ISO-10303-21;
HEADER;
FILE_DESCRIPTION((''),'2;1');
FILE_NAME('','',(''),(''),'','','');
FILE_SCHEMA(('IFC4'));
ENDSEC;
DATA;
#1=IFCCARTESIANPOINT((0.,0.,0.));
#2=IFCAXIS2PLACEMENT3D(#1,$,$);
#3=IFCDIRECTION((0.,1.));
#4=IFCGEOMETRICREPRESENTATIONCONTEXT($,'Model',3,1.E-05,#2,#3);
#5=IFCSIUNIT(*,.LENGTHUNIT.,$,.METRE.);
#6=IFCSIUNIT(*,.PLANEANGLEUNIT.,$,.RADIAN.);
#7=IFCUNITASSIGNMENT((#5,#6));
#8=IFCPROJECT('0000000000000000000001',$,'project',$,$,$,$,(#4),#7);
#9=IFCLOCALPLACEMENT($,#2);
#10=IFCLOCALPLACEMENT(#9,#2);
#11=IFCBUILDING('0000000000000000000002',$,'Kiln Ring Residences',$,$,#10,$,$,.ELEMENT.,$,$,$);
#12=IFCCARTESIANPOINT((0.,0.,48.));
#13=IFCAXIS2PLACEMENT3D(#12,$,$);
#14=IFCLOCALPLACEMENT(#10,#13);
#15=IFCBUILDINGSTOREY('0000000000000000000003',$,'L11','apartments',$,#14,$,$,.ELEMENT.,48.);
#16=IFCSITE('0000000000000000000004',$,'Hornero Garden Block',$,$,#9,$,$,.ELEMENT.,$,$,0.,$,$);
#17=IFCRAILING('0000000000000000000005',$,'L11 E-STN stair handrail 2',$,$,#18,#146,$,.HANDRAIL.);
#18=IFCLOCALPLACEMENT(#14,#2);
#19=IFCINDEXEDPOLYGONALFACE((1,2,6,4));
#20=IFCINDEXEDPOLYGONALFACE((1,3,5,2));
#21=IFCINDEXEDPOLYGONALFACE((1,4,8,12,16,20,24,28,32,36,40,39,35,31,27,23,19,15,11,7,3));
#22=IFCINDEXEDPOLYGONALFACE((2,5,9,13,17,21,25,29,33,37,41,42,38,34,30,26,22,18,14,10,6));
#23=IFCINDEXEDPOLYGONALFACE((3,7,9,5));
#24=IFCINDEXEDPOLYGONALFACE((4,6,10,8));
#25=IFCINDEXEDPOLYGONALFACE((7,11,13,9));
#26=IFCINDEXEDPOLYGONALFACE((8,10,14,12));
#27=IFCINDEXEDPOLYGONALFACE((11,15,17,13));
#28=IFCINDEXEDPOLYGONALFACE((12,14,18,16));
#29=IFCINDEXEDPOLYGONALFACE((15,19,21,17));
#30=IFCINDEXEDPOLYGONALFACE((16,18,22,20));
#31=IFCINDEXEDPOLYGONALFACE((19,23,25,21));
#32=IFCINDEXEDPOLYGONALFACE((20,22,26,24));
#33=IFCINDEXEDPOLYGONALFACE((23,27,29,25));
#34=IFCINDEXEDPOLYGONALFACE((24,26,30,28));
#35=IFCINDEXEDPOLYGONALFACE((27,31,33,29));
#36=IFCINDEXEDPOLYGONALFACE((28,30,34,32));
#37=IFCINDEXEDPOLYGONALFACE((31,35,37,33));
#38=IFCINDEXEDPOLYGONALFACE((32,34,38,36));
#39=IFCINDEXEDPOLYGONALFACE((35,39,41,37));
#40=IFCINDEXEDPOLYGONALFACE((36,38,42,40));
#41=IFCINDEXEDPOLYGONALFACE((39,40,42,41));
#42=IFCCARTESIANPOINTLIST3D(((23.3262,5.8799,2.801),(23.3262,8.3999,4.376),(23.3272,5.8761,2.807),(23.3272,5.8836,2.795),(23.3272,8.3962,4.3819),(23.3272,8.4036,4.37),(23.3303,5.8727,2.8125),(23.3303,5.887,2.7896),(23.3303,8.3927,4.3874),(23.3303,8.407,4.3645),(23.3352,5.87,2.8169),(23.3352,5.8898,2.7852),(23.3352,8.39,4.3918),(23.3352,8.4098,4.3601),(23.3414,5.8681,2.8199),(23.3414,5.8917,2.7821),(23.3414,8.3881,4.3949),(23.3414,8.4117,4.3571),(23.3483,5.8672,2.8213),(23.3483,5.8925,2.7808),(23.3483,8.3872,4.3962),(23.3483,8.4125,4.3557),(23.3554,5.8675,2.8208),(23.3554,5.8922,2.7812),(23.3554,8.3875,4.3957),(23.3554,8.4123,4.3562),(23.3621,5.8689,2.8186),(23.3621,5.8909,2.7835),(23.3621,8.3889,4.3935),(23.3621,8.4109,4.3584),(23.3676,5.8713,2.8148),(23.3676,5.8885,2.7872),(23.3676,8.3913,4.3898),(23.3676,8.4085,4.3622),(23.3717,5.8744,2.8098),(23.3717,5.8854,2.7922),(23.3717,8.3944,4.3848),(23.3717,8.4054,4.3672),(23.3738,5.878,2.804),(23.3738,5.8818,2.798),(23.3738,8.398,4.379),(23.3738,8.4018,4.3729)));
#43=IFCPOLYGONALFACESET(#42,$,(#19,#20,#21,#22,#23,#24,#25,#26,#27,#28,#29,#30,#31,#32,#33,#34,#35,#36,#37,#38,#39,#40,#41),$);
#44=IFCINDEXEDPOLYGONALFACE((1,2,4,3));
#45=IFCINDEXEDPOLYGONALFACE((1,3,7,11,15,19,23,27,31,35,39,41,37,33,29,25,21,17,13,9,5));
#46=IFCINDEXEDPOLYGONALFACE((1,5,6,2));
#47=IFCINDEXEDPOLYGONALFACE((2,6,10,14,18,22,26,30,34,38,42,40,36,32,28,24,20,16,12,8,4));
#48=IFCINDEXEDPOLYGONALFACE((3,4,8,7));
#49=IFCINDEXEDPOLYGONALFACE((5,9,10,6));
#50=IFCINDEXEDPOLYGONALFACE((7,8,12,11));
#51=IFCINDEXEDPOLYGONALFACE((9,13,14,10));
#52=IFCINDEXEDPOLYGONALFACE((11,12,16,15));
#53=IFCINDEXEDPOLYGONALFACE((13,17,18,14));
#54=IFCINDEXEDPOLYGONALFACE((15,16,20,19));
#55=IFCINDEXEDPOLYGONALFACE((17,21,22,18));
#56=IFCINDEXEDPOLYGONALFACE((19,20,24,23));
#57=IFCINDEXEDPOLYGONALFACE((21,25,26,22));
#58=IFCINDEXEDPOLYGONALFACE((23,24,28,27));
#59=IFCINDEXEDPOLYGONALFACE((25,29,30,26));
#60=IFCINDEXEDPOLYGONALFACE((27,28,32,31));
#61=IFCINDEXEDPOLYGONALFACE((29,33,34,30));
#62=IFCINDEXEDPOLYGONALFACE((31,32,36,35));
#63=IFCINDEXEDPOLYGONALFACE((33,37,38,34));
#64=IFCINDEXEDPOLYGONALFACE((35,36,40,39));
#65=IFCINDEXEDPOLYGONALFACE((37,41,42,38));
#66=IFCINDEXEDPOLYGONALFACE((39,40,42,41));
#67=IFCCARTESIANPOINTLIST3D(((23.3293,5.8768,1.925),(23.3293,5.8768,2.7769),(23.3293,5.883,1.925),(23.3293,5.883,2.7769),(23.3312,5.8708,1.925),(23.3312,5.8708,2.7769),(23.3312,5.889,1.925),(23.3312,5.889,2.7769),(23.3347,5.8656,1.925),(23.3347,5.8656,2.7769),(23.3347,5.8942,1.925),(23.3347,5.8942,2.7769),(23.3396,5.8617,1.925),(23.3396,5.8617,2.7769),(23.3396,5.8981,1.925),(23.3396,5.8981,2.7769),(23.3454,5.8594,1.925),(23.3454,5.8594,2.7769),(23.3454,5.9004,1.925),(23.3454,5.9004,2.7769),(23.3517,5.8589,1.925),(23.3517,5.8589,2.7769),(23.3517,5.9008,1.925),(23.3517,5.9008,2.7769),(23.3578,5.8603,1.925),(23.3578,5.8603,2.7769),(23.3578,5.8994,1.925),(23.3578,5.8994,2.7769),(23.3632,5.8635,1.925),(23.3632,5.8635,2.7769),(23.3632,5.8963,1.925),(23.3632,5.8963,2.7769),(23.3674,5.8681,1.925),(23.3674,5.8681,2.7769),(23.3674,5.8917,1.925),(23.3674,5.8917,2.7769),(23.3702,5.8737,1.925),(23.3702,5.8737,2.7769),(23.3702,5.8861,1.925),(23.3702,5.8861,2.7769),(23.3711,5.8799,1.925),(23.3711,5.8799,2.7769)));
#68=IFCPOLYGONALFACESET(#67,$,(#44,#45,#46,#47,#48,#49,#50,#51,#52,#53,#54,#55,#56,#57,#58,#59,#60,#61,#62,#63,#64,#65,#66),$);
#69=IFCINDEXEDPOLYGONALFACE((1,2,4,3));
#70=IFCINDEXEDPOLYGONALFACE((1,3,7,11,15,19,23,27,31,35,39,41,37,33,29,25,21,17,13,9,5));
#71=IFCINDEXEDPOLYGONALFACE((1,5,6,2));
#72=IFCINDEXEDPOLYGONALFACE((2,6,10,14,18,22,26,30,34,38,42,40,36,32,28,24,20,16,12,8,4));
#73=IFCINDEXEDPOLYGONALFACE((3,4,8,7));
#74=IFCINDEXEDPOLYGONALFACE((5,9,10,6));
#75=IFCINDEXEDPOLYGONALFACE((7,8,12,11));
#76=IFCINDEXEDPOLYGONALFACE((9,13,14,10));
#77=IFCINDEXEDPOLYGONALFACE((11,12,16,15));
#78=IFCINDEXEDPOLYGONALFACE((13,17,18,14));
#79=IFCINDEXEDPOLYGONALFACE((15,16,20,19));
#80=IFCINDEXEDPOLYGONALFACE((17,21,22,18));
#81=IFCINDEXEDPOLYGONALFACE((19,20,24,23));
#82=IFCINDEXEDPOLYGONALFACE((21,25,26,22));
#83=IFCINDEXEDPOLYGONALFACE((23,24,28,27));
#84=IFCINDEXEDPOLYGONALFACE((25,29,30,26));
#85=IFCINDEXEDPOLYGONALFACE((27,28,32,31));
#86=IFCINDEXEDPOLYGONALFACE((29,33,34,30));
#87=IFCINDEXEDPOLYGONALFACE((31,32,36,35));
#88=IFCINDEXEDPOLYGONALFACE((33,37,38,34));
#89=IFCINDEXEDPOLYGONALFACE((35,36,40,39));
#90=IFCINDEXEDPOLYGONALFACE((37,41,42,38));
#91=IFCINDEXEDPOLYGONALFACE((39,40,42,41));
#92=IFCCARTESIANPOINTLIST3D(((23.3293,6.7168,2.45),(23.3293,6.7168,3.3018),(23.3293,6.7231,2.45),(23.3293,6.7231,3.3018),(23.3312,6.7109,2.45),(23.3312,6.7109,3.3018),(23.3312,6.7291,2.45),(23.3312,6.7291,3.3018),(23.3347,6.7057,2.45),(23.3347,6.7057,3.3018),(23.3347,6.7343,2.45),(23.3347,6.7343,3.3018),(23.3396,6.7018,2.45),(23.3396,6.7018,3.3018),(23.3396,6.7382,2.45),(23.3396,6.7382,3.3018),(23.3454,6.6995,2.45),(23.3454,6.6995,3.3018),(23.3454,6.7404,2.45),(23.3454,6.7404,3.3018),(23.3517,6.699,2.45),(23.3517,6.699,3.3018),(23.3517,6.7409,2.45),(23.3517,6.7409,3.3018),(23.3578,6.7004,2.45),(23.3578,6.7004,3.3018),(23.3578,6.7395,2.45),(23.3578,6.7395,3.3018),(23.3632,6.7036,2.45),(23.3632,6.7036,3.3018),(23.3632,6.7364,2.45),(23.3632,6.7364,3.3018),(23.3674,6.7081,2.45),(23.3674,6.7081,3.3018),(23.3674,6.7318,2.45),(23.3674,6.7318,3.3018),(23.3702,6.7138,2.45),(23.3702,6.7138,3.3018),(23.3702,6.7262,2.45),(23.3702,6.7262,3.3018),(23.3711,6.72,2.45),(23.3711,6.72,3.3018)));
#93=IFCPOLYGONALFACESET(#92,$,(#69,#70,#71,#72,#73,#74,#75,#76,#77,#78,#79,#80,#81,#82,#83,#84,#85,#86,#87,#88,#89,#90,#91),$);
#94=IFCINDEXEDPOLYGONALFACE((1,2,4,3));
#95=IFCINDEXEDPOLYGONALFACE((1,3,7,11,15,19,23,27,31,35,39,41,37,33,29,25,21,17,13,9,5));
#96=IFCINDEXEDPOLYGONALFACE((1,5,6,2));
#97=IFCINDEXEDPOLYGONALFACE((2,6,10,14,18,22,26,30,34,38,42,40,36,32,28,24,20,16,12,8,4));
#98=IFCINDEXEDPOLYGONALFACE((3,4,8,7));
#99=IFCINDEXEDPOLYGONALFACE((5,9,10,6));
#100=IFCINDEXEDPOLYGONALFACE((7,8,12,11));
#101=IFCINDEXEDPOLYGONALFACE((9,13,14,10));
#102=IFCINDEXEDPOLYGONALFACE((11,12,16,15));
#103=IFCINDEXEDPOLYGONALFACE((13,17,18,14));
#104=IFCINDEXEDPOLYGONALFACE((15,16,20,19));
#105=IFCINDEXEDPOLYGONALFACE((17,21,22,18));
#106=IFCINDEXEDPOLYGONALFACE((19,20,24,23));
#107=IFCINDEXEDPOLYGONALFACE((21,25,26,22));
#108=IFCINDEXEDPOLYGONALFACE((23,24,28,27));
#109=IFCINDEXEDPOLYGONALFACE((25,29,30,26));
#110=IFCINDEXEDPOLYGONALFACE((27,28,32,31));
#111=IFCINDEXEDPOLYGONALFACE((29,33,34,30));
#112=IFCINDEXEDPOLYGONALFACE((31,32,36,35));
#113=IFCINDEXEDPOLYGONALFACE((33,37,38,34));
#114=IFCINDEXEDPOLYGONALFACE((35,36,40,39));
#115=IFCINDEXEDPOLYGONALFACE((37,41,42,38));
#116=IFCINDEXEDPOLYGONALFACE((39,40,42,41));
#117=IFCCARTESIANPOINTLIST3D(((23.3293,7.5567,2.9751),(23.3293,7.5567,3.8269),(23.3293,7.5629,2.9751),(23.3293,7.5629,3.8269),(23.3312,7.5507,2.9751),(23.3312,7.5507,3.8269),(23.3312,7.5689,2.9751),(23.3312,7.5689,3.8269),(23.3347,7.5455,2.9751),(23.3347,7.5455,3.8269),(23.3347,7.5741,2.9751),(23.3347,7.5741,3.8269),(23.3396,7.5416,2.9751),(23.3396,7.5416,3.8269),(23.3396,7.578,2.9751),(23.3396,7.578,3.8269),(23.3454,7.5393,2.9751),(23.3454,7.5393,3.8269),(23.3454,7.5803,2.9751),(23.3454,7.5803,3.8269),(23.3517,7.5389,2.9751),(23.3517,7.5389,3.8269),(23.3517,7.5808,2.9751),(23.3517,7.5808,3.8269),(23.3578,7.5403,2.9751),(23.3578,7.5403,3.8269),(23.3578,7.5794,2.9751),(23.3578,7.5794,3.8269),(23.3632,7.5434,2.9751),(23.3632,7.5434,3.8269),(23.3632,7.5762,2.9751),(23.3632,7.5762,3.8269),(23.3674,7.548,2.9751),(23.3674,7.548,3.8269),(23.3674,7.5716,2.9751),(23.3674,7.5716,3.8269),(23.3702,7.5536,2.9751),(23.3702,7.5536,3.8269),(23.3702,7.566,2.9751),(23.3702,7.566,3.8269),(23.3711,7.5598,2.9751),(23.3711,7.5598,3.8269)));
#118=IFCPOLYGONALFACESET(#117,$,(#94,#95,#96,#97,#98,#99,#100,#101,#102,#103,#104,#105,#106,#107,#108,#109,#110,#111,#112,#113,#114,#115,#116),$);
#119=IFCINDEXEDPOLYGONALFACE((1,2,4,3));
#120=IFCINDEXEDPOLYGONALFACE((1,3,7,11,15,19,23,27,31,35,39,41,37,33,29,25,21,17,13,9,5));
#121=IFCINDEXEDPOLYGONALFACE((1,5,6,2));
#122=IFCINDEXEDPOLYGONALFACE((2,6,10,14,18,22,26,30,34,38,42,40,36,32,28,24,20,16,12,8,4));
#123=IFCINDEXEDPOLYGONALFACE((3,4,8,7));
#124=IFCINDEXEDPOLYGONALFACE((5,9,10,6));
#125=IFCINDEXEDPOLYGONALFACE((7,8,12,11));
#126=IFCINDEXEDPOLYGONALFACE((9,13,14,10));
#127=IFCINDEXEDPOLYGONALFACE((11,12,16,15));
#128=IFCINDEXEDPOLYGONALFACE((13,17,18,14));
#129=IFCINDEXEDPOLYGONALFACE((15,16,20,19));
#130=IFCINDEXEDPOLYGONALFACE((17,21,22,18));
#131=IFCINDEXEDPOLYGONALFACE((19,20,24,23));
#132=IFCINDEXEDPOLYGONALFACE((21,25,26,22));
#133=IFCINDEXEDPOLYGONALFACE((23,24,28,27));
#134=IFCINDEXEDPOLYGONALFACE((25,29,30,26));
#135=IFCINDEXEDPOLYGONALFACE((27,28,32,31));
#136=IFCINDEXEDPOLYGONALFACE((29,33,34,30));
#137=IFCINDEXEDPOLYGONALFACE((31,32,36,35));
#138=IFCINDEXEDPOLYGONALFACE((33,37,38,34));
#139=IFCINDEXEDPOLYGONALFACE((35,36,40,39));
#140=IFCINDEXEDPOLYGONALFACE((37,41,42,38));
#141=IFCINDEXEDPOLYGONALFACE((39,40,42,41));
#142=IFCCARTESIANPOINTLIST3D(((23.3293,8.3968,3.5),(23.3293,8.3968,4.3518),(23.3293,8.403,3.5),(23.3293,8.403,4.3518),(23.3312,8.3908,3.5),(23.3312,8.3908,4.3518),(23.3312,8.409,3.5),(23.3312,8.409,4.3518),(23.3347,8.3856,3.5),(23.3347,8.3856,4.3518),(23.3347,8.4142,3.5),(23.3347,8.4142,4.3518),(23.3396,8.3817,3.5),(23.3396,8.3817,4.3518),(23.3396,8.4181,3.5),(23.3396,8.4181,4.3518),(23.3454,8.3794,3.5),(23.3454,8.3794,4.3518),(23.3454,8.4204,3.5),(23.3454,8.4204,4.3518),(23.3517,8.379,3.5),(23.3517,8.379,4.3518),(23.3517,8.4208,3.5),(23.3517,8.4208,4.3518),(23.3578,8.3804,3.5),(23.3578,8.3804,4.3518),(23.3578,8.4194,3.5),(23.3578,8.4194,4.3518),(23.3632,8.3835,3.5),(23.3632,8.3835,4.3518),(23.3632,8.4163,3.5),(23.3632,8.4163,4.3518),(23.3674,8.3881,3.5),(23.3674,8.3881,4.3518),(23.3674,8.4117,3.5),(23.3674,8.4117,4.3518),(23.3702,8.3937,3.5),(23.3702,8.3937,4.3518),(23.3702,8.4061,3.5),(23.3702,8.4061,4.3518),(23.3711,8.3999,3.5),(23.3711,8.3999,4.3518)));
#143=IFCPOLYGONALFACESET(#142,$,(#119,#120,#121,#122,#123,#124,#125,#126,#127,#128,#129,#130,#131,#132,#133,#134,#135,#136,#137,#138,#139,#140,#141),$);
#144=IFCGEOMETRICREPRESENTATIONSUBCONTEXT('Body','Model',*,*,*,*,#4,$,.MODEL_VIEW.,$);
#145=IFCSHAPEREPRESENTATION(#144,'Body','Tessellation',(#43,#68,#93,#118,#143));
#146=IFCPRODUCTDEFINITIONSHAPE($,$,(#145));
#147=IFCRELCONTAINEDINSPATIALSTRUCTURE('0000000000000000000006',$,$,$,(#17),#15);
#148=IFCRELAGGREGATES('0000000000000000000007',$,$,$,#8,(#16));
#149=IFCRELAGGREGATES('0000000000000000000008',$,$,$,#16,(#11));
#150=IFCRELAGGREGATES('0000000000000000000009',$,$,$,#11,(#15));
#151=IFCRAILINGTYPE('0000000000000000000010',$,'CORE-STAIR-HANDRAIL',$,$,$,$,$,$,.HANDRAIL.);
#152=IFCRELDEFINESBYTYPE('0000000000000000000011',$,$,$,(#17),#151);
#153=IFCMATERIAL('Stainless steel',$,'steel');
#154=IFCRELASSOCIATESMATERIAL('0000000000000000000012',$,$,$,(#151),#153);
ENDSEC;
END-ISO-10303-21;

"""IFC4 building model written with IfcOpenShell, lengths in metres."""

from ifc_helpers import new_model, si_unit, direction, frame, origin, origin_2d, place, context, subcontext, project, spatial, circle, extrude, material, type_object, element, save


model = new_model("IFC4")

# Units and contexts
model_context = context("Model", 3, precision=1e-05, world=origin(), true_north=direction((0.0, 1.0)))
body_context = subcontext(model_context, "Body", "Model", "MODEL_VIEW")
ifc_project = project(units=[si_unit("LENGTHUNIT", "METRE"), si_unit("PLANEANGLEUNIT", "RADIAN")], contexts=[model_context])

# Site, building, storey
site_placement = place(None, origin())
site = spatial("IfcSite", under=ifc_project, at=site_placement, Name="Hornero Garden Block", CompositionType="ELEMENT", RefElevation=0.0)
building_placement = place(site_placement, origin())
building = spatial("IfcBuilding", under=site, at=building_placement, Name="Kiln Ring Residences", CompositionType="ELEMENT")
storey_placement = place(building_placement, frame((0.0, 0.0, 48.0)))
storey = spatial("IfcBuildingStorey", under=building, at=storey_placement, Name="L11", Description="apartments", CompositionType="ELEMENT", Elevation=48.0)

# Railing
ifc_material_1 = material(Name="Stainless steel", Category="steel")
railing_type_1 = type_object("IfcRailingType", Name="CORE-STAIR-HANDRAIL", PredefinedType="HANDRAIL", material=ifc_material_1)
railing_1_placement = place(storey_placement, frame((23.3501, 5.8799, 1.925)))
element("IfcRailing", 1, at=railing_1_placement, inside=storey, type_object=railing_type_1, Name="L11 E-STN stair handrail 2", PredefinedType="HANDRAIL", context=body_context, shape_type="SweptSolid", body=[
    extrude(circle(Radius=0.0239, at=origin_2d()), frame((0.0, 0.0, 0.876), z_axis=(0.0, 0.848008, 0.529984), x_axis=(-1.0, 0.0, 0.0)), (0.0, 0.0, 1.0), 2.9717),
    extrude(circle(Radius=0.021, at=origin_2d()), origin(), (0.0, 0.0, 1.0), 0.8518),
    extrude(circle(Radius=0.021, at=origin_2d()), frame((0.0, 0.8401, 0.5249)), (0.0, 0.0, 1.0), 0.8518),
    extrude(circle(Radius=0.021, at=origin_2d()), frame((0.0, 1.6799, 1.05)), (0.0, 0.0, 1.0), 0.8518),
    extrude(circle(Radius=0.021, at=origin_2d()), frame((0.0, 2.52, 1.575)), (0.0, 0.0, 1.0), 0.8518),
])

save(model, "model.ifc")
